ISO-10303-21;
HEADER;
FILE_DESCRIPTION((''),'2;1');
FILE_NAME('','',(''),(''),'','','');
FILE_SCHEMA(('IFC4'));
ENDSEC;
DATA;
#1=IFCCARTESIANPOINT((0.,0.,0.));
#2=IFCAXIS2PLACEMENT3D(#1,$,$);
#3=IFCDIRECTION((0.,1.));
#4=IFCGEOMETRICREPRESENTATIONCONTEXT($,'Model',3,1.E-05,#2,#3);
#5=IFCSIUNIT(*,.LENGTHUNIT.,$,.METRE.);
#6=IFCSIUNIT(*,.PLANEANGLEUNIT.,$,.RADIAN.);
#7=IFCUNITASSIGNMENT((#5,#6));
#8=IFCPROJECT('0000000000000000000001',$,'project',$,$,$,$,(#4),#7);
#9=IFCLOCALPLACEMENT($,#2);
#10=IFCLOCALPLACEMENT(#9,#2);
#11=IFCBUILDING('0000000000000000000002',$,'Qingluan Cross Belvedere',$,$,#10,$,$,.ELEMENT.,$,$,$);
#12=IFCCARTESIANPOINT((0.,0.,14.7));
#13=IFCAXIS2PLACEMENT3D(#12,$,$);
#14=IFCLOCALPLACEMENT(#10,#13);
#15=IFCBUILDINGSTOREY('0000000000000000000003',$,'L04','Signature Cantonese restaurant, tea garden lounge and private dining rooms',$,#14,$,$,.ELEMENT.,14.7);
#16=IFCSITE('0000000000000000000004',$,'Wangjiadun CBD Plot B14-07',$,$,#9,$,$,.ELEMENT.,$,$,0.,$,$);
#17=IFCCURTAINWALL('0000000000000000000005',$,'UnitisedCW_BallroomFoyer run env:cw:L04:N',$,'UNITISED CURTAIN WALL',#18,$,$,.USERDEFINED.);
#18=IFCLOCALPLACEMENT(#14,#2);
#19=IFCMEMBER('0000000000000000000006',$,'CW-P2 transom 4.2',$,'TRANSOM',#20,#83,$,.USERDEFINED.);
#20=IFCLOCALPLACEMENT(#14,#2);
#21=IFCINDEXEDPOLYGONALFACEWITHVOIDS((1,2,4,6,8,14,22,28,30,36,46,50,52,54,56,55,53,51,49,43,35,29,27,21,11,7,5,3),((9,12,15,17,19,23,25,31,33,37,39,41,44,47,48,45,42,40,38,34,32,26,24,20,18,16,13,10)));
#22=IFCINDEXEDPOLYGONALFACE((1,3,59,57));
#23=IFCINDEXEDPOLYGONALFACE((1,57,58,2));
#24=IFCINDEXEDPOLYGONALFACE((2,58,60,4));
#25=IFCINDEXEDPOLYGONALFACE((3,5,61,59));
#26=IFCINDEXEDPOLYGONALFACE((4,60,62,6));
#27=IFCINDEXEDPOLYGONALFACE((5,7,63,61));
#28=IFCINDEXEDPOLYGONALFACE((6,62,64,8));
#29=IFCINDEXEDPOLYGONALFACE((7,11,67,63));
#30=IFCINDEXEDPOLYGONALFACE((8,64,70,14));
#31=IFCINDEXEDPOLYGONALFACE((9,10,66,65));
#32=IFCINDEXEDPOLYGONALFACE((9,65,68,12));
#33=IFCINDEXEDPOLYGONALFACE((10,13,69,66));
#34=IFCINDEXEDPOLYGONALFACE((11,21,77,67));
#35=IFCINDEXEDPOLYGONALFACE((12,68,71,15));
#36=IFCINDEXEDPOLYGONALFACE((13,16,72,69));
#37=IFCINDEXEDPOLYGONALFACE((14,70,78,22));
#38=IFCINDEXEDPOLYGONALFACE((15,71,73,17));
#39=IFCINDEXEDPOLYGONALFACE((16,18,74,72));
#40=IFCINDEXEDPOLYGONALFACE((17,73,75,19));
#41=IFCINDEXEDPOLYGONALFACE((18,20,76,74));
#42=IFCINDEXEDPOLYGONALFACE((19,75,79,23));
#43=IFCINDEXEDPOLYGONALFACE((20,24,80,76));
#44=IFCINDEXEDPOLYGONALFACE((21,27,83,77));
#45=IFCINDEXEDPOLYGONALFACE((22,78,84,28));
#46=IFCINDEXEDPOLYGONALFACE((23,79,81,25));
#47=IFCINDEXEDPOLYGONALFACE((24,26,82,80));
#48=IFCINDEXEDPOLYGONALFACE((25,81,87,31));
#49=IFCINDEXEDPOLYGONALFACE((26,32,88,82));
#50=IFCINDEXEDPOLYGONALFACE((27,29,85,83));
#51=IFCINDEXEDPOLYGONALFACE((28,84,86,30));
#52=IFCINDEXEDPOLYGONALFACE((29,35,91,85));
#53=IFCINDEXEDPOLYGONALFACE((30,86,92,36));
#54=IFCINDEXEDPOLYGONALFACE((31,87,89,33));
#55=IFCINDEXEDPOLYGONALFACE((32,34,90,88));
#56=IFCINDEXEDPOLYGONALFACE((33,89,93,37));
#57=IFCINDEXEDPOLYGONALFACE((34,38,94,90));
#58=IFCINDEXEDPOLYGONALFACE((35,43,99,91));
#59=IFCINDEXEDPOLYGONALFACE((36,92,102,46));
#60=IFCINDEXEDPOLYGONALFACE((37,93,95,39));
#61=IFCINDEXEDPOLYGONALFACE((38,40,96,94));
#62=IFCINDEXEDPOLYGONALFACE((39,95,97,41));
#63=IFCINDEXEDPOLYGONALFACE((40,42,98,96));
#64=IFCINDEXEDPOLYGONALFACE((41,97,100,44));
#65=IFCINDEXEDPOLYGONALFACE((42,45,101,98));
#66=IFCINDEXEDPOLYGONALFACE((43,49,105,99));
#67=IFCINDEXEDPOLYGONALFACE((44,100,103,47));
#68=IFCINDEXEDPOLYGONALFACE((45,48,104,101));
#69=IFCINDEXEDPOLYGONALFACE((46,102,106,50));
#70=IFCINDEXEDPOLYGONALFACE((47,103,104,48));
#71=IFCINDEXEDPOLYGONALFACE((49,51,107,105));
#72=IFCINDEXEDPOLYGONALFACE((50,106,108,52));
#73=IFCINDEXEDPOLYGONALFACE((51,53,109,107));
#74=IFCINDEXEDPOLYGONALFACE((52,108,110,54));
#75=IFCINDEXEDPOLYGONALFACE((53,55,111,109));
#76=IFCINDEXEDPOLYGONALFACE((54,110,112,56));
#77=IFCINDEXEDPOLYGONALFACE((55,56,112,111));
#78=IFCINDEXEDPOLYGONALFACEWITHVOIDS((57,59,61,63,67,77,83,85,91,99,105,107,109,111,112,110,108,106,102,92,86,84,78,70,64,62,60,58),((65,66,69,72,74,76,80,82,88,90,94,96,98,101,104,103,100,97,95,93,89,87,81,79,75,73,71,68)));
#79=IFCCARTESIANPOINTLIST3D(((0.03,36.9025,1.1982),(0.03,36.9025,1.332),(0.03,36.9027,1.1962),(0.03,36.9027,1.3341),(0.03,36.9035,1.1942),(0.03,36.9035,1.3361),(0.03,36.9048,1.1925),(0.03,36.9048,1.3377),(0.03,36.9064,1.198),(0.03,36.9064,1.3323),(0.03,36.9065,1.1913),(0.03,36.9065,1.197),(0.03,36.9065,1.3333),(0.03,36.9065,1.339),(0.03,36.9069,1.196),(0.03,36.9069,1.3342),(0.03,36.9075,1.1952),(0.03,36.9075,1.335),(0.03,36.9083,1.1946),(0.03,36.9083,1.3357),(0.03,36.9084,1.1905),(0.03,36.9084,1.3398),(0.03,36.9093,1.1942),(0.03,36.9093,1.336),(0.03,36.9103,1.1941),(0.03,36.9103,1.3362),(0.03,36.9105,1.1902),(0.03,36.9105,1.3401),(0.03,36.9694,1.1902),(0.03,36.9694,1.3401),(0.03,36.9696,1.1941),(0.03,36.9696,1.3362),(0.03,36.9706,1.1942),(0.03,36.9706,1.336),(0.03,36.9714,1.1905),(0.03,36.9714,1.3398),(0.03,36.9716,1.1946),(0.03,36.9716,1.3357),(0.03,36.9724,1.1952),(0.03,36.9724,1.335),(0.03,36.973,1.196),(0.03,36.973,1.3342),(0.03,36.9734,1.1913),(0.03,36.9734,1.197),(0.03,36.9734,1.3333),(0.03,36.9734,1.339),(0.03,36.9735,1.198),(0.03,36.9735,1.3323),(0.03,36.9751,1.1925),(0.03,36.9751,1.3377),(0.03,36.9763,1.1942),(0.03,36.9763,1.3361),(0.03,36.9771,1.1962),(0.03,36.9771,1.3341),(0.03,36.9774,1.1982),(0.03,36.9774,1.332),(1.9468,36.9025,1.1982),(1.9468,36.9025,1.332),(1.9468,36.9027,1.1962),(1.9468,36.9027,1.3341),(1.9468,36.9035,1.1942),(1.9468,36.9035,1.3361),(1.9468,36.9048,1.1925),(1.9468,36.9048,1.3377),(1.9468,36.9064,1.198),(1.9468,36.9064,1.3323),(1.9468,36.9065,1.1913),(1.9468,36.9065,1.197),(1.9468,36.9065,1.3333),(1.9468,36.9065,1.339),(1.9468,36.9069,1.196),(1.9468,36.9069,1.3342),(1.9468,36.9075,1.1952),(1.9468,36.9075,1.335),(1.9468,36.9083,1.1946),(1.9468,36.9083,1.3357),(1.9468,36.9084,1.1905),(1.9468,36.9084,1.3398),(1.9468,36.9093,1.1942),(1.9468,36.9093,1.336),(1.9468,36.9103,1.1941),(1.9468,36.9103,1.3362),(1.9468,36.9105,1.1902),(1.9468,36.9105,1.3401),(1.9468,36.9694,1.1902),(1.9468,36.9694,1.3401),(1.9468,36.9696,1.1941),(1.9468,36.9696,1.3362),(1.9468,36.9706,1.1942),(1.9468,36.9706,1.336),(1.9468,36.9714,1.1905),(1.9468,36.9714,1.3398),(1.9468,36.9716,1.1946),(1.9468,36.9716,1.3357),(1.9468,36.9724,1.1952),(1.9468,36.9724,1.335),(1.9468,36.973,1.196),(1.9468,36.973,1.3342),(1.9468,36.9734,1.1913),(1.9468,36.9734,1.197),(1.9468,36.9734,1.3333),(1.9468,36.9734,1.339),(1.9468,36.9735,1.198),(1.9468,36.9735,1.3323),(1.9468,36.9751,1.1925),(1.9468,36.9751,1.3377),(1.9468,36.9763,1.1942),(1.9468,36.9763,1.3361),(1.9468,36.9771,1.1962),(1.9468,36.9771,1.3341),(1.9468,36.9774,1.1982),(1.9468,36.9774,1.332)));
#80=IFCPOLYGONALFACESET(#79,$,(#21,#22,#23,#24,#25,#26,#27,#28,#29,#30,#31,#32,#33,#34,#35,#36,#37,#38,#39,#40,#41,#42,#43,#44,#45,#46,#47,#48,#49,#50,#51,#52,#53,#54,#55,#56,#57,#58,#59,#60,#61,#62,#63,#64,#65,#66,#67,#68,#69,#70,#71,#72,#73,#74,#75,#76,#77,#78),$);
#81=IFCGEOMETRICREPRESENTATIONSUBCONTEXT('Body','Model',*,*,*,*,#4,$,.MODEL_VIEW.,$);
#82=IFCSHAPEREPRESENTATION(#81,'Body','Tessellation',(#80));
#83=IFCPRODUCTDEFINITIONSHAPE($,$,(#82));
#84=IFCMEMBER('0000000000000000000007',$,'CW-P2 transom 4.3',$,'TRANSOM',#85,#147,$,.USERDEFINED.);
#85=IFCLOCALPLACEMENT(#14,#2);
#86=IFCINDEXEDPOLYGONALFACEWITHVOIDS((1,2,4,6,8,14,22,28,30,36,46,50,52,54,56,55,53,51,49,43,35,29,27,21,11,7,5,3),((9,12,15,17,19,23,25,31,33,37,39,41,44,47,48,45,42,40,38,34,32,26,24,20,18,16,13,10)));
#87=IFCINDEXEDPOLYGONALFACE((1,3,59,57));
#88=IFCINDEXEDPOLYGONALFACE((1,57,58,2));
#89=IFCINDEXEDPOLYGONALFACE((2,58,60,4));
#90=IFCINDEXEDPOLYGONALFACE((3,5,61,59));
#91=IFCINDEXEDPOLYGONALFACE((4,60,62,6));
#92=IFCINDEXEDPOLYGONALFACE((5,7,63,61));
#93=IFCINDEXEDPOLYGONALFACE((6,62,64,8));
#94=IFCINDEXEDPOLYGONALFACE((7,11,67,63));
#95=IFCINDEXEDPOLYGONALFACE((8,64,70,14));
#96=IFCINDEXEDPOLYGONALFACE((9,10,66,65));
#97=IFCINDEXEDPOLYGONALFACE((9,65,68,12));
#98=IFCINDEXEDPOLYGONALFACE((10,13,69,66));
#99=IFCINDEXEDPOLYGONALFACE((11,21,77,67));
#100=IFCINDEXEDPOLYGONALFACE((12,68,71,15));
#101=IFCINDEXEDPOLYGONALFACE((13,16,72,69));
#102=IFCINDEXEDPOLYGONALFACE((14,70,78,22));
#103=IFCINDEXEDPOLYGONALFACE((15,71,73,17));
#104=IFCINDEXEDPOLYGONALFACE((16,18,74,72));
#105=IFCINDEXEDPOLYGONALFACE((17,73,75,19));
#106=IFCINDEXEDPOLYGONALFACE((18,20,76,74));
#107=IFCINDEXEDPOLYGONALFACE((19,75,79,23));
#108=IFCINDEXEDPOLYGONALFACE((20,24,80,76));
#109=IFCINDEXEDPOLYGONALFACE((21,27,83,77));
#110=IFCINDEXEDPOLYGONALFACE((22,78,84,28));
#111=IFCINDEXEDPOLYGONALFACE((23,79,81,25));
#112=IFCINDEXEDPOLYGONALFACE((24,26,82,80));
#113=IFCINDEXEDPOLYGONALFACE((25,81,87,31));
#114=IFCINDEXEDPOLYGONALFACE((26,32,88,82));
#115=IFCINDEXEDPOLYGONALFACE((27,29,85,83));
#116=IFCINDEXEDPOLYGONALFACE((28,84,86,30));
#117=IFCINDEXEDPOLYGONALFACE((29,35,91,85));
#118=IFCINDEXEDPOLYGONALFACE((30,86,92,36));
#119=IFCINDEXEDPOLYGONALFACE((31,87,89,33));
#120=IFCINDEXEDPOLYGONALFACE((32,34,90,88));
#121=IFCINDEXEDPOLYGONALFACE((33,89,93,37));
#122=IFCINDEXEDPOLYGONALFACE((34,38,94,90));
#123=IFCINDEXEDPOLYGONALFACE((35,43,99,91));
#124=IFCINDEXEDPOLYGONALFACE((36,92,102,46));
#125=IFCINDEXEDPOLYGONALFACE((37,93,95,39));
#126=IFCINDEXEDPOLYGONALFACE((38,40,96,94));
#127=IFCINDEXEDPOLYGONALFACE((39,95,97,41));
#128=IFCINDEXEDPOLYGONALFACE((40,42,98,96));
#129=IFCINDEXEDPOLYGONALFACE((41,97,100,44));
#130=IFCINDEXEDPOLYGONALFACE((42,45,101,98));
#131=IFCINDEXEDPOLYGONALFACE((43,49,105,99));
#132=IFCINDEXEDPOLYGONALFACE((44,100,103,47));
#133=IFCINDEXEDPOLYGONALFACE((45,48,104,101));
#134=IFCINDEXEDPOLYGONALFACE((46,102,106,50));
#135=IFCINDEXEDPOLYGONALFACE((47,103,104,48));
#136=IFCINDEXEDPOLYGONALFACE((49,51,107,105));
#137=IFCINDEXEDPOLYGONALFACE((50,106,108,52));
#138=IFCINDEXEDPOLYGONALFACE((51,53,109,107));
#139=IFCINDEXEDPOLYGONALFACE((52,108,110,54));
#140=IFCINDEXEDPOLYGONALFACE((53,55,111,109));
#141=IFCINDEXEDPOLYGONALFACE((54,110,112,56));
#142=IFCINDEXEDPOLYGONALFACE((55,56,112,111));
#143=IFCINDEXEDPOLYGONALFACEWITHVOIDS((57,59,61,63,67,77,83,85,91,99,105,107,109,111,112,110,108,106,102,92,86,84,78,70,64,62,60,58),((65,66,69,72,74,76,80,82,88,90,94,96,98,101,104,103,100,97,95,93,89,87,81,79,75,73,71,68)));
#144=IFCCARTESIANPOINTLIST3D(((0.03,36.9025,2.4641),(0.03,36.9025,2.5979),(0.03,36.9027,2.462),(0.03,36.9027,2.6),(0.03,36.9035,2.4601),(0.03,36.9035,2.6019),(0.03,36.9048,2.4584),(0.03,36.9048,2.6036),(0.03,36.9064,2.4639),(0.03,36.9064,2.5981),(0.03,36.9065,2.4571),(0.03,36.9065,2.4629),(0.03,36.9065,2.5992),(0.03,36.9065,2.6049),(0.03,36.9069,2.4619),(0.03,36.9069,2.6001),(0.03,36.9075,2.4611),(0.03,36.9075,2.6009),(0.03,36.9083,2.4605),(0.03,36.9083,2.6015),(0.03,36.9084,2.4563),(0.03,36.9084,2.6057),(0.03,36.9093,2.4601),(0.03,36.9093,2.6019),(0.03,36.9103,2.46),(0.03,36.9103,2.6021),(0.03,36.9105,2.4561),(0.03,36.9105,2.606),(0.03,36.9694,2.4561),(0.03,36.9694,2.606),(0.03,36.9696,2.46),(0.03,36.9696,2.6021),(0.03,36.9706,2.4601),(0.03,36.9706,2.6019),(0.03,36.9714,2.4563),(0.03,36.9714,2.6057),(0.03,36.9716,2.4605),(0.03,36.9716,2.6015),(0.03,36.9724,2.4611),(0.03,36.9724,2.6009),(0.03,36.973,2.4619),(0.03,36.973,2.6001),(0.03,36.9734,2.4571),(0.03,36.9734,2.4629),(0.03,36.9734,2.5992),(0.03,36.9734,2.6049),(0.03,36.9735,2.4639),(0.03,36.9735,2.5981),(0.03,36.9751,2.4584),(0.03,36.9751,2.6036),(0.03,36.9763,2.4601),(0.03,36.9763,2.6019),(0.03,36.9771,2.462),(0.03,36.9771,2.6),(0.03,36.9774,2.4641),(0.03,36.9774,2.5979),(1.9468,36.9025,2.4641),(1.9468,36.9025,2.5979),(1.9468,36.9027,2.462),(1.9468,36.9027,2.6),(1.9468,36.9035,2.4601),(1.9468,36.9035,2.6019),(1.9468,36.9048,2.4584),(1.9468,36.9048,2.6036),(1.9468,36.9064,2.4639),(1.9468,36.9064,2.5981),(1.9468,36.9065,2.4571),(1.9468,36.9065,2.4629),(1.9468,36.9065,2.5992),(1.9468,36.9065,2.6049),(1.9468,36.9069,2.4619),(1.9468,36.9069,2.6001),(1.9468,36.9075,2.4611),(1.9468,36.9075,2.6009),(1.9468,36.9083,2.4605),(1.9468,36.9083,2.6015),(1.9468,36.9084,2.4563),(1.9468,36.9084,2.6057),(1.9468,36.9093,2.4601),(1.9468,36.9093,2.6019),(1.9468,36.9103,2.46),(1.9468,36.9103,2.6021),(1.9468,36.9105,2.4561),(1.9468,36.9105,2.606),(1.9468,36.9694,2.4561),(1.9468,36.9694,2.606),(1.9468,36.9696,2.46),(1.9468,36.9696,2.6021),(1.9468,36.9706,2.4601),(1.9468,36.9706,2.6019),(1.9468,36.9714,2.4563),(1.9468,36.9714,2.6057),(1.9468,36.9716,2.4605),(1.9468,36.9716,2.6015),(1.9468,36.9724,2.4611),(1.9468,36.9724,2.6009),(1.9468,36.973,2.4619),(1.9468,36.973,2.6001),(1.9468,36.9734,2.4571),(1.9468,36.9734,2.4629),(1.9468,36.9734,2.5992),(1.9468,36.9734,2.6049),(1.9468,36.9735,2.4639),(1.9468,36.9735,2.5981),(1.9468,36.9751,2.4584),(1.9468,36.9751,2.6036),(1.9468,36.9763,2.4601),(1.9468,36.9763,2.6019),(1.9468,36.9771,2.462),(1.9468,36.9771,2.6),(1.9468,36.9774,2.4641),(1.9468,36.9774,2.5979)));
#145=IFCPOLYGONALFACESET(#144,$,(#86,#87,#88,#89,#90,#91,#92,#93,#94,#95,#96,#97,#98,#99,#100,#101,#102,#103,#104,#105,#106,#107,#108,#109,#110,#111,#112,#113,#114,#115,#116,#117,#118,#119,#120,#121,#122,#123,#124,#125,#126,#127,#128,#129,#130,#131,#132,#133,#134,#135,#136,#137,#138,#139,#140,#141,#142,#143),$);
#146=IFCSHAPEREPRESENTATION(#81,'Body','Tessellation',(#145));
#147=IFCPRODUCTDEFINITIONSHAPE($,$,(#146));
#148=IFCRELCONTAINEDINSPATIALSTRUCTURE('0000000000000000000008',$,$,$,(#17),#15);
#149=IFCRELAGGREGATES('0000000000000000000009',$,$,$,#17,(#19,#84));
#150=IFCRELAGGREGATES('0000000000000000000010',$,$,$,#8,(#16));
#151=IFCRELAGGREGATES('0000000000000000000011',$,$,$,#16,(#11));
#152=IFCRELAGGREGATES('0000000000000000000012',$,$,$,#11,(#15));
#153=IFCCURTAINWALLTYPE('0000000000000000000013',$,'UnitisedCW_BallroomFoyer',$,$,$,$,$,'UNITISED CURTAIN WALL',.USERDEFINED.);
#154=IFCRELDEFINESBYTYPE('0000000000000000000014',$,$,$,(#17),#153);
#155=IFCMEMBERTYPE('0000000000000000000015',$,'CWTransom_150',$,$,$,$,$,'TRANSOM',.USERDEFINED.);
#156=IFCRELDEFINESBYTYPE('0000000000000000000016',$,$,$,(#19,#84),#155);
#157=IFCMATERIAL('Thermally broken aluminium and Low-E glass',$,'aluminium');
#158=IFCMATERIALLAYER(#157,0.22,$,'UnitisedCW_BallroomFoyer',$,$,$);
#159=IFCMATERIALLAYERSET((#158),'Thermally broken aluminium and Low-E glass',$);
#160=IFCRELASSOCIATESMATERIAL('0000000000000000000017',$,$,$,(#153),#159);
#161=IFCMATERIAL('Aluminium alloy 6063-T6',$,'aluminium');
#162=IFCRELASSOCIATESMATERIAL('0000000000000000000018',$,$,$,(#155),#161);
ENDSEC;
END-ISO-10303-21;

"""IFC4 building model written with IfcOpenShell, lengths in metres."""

from ifc_helpers import new_model, si_unit, direction, frame, origin, origin_2d, place, context, subcontext, project, spatial, hollow_rectangle, extrude, material, layer, layer_set, material_profile, profile_set, type_object, element, aggregate, save


model = new_model("IFC4")

# Units and contexts
model_context = context("Model", 3, precision=1e-05, world=origin(), true_north=direction((0.0, 1.0)))
body_context = subcontext(model_context, "Body", "Model", "MODEL_VIEW")
ifc_project = project(units=[si_unit("LENGTHUNIT", "METRE"), si_unit("PLANEANGLEUNIT", "RADIAN")], contexts=[model_context])

# Site, building, storey
site_placement = place(None, origin())
site = spatial("IfcSite", under=ifc_project, at=site_placement, Name="Wangjiadun CBD Plot B14-07", CompositionType="ELEMENT", RefElevation=0.0)
building_placement = place(site_placement, origin())
building = spatial("IfcBuilding", under=site, at=building_placement, Name="Qingluan Cross Belvedere", CompositionType="ELEMENT")
storey_placement = place(building_placement, frame((0.0, 0.0, 14.7)))
storey = spatial("IfcBuildingStorey", under=building, at=storey_placement, Name="L04", Description="Signature Cantonese restaurant, tea garden lounge and private dining rooms", CompositionType="ELEMENT", Elevation=14.7)

# Curtain wall, members
ifc_material_1 = material(Name="Thermally broken aluminium and Low-E glass", Category="aluminium")
ifc_layer_1 = layer(ifc_material_1, 0.22, Name="UnitisedCW_BallroomFoyer")
ifc_layer_set_1 = layer_set([ifc_layer_1], Name="Thermally broken aluminium and Low-E glass")
curtain_wall_type = type_object("IfcCurtainWallType", Name="UnitisedCW_BallroomFoyer", ElementType="UNITISED CURTAIN WALL", PredefinedType="USERDEFINED", material=ifc_layer_set_1)
curtain_wall_placement = place(storey_placement, origin())
curtain_wall = element("IfcCurtainWall", 1, at=curtain_wall_placement, inside=storey, type_object=curtain_wall_type, Name="UnitisedCW_BallroomFoyer run env:cw:L04:N", ObjectType="UNITISED CURTAIN WALL", PredefinedType="USERDEFINED")
ifc_material_2 = material(Name="Aluminium alloy 6063-T6", Category="aluminium")
ifc_material_profile_1 = material_profile(ifc_material_2, hollow_rectangle(XDim=0.075, YDim=0.1499, WallThickness=0.0039, InnerFilletRadius=0.0039, OuterFilletRadius=0.0081, at=origin_2d()), Name="CWT150x75x4")
ifc_profile_set_1 = profile_set([ifc_material_profile_1], Name="Aluminium alloy 6063-T6")
member_type_1 = type_object("IfcMemberType", Name="CWTransom_150", ElementType="TRANSOM", PredefinedType="USERDEFINED", material=ifc_profile_set_1)
member_1_placement = place(storey_placement, frame((0.03, 36.9399, 1.2651), z_axis=(1.0, 0.0, 0.0), x_axis=(0.0, 1.0, 0.0)))
member_1 = element("IfcMember", 2, at=member_1_placement, type_object=member_type_1, Name="CW-P2 transom 4.2", ObjectType="TRANSOM", PredefinedType="USERDEFINED", context=body_context, shape_type="SweptSolid", body=[
    extrude(hollow_rectangle(XDim=0.075, YDim=0.1499, WallThickness=0.0039, InnerFilletRadius=0.0039, OuterFilletRadius=0.0081, at=origin_2d()), origin(), (0.0, 0.0, 1.0), 1.9167),
])
member_2_placement = place(storey_placement, frame((0.03, 36.9399, 2.531), z_axis=(1.0, 0.0, 0.0), x_axis=(0.0, 1.0, 0.0)))
member_2 = element("IfcMember", 3, at=member_2_placement, type_object=member_type_1, Name="CW-P2 transom 4.3", ObjectType="TRANSOM", PredefinedType="USERDEFINED", context=body_context, shape_type="SweptSolid", body=[
    extrude(hollow_rectangle(XDim=0.075, YDim=0.1499, WallThickness=0.0039, InnerFilletRadius=0.0039, OuterFilletRadius=0.0081, at=origin_2d()), origin(), (0.0, 0.0, 1.0), 1.9167),
])

aggregate(curtain_wall, [member_1, member_2])

save(model, "model.ifc")
